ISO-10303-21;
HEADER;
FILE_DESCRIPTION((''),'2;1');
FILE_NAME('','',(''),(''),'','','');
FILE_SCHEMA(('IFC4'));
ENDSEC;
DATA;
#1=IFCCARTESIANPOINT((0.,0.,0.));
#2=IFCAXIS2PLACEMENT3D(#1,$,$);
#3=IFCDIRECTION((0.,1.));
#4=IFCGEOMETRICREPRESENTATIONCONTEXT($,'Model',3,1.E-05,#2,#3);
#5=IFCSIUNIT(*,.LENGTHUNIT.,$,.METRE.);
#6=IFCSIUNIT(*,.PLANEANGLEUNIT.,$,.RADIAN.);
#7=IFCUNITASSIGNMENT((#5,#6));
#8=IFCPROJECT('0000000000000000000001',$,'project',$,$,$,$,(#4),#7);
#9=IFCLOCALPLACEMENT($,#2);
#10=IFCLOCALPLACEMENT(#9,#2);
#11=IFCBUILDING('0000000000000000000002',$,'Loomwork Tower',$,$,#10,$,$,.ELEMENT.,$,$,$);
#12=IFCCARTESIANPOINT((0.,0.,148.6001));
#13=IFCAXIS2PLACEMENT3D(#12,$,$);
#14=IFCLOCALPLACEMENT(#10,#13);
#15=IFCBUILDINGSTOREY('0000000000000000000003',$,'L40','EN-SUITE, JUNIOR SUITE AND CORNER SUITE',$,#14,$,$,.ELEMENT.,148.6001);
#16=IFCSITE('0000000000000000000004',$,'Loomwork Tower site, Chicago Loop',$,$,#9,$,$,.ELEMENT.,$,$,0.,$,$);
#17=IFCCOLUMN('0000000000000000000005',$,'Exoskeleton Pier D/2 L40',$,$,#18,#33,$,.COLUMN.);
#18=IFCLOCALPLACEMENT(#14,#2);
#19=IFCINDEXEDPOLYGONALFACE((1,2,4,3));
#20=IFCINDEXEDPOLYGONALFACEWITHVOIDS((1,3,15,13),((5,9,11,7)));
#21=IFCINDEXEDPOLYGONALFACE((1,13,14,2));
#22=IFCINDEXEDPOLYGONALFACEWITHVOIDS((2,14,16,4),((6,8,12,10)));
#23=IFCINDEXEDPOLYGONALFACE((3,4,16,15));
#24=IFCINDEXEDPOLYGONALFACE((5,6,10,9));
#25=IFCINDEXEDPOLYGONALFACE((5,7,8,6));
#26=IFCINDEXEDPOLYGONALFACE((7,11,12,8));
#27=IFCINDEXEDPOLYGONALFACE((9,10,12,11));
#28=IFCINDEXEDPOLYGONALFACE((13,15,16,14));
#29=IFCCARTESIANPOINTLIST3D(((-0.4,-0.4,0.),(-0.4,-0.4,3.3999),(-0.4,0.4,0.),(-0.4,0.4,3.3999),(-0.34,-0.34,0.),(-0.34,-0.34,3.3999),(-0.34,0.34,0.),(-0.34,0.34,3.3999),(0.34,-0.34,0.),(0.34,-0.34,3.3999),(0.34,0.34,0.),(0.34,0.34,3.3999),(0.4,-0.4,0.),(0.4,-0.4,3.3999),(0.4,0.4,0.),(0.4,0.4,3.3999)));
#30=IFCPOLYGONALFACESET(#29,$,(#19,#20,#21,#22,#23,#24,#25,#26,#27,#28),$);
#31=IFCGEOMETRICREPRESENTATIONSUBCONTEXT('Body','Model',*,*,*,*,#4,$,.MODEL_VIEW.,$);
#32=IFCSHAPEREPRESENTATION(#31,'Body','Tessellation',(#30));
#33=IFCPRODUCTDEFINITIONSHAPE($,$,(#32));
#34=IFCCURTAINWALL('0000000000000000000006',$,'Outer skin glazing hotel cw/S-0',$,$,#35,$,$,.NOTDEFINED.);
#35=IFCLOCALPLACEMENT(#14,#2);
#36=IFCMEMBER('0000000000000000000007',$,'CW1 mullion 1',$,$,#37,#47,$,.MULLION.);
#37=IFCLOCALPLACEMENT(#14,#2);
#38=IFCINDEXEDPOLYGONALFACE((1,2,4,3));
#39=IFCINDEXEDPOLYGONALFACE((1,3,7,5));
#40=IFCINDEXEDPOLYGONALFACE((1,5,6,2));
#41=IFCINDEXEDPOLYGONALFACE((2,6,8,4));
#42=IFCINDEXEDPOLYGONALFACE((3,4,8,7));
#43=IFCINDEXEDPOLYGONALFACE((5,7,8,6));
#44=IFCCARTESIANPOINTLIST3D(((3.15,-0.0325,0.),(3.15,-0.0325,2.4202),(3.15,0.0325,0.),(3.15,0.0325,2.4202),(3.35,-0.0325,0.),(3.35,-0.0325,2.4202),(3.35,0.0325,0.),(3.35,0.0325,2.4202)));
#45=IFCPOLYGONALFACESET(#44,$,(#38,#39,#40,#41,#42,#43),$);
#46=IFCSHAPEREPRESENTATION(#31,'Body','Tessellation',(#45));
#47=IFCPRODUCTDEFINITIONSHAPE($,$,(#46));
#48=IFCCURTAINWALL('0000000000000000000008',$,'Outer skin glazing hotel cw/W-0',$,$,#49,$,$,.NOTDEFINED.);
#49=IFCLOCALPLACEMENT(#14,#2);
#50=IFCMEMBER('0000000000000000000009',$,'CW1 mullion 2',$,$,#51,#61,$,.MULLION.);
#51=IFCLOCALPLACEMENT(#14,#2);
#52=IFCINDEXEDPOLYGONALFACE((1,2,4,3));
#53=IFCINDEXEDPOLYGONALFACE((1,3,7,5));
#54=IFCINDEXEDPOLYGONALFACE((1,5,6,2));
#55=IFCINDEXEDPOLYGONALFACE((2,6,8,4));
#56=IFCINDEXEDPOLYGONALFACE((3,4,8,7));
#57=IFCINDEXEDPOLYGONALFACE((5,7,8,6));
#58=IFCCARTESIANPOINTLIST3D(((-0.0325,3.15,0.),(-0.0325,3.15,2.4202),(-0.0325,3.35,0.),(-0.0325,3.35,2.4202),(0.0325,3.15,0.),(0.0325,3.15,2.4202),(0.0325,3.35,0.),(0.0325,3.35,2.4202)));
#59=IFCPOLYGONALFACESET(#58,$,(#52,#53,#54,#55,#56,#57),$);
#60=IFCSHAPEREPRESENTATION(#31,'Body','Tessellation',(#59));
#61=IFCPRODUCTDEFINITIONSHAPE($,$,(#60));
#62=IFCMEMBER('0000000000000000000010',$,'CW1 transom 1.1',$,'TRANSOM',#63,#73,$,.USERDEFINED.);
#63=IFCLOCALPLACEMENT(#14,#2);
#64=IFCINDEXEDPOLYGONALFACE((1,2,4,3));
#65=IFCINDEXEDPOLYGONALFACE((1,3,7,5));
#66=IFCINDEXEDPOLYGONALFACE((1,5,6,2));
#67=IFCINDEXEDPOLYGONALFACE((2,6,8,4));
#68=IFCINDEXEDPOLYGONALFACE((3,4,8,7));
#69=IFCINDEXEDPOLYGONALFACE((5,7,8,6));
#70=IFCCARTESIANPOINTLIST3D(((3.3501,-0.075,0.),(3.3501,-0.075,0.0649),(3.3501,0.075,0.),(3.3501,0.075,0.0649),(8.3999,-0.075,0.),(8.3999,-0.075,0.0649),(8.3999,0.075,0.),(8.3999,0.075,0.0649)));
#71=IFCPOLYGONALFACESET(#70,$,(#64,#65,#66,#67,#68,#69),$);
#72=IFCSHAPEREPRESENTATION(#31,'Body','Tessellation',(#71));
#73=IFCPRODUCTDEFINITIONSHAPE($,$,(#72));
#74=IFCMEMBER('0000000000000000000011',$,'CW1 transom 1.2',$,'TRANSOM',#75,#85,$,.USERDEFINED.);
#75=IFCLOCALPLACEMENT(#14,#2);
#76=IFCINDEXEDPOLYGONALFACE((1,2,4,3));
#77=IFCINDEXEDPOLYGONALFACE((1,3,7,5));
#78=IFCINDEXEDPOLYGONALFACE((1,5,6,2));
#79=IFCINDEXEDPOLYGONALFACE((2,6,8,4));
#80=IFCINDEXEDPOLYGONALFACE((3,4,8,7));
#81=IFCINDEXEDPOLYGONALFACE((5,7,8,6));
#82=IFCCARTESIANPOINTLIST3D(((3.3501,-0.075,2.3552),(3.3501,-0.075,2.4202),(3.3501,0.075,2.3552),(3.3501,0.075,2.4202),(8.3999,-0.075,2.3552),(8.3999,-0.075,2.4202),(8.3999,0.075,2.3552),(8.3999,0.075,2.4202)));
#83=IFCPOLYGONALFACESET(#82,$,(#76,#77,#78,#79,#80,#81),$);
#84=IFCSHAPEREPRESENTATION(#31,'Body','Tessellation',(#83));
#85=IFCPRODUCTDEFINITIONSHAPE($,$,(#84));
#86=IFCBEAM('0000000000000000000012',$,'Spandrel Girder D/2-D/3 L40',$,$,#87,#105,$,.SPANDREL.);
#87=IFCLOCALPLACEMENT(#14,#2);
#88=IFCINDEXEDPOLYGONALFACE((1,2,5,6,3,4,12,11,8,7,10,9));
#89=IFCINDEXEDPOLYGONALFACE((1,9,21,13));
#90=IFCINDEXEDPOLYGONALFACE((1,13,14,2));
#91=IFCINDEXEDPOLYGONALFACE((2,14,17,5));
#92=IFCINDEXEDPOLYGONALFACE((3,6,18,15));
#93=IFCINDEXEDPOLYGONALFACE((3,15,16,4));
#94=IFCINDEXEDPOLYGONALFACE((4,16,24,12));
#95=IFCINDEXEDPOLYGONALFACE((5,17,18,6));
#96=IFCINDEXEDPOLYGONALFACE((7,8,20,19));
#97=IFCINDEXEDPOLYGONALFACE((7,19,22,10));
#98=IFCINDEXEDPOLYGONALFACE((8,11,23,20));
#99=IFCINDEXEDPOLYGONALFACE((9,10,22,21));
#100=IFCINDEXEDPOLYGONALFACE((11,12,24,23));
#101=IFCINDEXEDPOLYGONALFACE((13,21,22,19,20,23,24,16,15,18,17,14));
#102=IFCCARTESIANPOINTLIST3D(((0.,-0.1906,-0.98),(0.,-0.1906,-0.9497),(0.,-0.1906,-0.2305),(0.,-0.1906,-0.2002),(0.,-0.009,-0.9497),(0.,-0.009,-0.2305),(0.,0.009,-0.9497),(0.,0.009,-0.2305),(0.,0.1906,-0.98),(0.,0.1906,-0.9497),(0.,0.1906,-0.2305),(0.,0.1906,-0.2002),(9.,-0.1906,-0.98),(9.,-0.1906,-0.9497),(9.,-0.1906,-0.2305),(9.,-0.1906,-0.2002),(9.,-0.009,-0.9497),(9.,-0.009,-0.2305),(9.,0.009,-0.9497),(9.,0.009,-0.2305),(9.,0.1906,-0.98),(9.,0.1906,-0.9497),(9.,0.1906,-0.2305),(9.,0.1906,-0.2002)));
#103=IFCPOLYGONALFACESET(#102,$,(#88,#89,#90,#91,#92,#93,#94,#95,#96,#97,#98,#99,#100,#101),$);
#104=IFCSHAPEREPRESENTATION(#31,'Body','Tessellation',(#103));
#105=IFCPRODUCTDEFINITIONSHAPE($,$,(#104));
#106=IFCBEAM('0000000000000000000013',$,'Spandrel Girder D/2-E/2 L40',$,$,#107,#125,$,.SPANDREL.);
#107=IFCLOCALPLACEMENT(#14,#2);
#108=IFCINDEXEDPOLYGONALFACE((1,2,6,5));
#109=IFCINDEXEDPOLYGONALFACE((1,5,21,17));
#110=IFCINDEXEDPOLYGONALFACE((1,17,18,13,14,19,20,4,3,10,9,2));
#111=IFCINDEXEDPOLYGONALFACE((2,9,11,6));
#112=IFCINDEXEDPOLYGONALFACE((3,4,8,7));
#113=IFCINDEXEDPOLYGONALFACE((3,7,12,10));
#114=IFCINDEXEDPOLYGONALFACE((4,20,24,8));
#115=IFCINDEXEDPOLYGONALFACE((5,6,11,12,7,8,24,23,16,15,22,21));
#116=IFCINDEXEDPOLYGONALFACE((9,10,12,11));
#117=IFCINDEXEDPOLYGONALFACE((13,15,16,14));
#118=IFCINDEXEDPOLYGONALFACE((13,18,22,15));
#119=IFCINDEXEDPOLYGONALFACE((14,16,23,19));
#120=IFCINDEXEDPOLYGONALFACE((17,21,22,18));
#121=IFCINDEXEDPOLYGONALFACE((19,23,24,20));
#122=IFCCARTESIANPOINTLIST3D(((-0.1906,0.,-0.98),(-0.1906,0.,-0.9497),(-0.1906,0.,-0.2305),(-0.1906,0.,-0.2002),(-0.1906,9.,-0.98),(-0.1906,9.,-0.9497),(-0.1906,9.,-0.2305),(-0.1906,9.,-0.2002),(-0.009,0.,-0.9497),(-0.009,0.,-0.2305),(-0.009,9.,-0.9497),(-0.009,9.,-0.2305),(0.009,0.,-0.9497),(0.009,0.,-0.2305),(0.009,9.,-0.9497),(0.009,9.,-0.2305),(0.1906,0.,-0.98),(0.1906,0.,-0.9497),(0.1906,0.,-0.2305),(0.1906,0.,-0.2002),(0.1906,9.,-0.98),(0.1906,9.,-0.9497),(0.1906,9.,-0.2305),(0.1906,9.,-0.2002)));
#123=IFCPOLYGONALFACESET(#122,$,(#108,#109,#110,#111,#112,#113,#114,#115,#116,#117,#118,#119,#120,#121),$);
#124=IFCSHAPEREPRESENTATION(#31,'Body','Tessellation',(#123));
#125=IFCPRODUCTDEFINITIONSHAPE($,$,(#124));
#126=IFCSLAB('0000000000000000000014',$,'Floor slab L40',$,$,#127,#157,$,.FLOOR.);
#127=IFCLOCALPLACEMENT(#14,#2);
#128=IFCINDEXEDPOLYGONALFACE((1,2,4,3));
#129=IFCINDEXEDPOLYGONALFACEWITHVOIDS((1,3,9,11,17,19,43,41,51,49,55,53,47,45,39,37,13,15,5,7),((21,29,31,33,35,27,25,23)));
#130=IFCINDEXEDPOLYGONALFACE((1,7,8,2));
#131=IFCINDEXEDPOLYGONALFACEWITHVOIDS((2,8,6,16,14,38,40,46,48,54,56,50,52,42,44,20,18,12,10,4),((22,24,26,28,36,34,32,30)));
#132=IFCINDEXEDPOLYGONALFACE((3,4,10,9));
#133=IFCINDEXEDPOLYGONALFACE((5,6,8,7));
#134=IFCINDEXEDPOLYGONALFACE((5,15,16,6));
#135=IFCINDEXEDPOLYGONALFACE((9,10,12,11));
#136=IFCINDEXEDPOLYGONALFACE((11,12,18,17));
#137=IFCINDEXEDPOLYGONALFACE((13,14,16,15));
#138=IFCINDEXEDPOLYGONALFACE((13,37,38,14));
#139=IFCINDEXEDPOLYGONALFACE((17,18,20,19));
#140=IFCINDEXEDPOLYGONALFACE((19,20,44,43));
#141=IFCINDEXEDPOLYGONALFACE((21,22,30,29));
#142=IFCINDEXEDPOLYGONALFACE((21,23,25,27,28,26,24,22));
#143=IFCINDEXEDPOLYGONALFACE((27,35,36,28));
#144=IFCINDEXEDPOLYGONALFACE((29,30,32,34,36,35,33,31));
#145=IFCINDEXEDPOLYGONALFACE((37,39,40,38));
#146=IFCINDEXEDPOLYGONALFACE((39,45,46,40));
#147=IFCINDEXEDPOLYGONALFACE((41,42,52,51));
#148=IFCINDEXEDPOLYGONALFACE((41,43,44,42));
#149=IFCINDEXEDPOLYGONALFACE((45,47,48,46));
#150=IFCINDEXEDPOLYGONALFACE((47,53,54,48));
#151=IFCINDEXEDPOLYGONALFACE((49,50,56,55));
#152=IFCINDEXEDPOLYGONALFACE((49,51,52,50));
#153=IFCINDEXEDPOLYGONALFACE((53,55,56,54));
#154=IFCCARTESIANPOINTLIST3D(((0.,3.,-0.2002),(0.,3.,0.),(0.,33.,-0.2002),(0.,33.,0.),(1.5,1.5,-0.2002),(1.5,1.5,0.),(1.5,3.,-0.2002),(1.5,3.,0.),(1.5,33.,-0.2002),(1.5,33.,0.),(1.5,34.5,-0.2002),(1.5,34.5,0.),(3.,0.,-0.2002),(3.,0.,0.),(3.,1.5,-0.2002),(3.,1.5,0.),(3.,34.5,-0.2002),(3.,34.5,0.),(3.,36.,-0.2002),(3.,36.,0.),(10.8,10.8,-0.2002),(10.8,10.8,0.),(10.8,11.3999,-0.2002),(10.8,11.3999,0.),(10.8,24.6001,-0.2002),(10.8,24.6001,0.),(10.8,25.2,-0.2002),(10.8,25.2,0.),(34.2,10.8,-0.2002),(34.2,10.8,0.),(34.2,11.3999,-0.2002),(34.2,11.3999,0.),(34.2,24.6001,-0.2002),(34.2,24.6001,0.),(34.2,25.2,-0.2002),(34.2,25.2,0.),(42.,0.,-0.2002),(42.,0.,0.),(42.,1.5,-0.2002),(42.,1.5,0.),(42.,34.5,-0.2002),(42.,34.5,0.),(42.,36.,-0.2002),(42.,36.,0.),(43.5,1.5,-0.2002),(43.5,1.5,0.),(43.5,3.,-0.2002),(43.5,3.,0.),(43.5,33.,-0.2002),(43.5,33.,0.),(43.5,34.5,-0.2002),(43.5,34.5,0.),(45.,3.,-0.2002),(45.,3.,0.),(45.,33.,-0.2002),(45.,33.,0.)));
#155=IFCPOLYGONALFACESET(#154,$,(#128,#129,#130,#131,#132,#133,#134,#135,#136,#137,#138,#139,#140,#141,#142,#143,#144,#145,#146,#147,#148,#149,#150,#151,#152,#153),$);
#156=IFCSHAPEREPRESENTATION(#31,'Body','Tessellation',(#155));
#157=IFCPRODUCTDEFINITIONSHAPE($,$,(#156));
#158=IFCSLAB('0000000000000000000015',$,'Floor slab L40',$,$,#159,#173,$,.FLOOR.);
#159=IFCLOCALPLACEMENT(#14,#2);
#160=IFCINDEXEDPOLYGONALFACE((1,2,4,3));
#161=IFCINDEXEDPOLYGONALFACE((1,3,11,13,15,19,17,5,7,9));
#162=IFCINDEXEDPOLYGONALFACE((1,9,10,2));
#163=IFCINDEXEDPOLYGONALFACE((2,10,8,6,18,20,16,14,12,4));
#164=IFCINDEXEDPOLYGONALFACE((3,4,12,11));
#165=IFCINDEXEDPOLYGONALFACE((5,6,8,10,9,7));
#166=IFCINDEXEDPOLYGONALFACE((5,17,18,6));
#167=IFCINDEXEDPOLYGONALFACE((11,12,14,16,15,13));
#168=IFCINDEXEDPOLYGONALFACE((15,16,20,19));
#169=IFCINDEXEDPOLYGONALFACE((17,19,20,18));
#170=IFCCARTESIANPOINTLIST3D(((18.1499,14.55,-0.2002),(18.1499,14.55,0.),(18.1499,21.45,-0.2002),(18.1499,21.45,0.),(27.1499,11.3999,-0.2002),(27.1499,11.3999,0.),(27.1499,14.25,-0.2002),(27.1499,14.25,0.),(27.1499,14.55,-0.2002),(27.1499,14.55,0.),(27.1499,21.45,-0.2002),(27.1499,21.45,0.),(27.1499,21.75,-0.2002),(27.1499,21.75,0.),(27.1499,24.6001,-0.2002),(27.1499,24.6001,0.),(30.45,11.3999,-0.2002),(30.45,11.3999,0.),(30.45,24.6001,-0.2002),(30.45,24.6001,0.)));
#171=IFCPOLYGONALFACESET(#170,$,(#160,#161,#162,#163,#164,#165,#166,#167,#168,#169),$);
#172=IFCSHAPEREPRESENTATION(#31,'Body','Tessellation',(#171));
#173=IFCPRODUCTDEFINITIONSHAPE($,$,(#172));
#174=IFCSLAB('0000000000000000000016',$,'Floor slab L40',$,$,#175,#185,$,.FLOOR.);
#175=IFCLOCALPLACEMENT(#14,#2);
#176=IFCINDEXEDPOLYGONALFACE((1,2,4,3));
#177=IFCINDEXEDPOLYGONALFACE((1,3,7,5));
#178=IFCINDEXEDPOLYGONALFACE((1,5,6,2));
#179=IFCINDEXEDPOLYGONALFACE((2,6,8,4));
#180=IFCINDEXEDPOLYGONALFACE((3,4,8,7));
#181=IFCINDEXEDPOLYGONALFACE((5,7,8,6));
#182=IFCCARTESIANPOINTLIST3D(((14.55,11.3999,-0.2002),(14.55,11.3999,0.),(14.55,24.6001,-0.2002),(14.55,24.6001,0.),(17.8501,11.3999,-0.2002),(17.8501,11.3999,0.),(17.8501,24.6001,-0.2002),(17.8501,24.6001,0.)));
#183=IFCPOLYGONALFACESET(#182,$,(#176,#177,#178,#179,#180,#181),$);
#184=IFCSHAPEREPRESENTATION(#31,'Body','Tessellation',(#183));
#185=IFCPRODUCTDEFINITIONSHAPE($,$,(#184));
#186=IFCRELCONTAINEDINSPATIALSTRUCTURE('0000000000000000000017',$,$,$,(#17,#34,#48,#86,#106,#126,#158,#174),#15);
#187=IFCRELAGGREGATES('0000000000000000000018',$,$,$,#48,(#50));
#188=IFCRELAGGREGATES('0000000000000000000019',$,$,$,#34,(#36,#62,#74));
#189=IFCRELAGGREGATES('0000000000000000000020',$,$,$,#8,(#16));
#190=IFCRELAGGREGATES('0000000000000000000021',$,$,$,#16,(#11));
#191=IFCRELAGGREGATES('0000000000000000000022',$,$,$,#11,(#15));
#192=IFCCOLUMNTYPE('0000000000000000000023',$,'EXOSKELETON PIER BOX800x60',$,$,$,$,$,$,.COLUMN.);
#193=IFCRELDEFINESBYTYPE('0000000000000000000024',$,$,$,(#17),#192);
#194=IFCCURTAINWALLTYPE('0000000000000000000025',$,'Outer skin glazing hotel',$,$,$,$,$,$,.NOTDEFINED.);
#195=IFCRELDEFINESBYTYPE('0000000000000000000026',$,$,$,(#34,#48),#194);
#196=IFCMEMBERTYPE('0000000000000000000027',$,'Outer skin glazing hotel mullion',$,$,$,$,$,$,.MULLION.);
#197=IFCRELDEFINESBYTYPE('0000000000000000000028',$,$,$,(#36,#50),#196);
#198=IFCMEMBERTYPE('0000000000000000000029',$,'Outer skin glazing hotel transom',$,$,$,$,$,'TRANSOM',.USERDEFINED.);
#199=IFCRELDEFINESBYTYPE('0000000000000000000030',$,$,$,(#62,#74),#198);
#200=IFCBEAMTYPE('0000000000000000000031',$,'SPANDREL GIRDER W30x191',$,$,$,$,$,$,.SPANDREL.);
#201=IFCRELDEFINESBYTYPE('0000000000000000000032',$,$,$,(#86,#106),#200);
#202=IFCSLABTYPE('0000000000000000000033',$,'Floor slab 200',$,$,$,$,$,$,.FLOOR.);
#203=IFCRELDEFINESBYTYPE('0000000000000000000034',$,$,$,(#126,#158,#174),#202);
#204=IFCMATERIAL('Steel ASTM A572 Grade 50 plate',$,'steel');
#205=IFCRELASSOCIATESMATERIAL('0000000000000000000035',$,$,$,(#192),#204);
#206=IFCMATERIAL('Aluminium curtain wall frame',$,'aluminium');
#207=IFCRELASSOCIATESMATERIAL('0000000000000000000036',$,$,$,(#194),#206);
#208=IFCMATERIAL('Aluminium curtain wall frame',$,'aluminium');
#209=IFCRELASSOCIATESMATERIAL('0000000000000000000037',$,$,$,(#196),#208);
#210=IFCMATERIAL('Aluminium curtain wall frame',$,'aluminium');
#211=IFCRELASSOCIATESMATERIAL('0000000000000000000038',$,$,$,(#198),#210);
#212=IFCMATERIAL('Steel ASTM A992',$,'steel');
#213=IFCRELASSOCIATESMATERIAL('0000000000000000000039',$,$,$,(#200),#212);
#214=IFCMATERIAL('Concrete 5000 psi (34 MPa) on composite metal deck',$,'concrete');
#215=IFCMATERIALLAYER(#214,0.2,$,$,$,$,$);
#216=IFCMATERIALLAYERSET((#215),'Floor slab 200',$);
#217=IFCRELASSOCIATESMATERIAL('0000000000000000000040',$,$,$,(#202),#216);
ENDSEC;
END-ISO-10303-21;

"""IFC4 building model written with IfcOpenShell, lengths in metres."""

from ifc_helpers import new_model, si_unit, direction, frame, origin, origin_with_axes, origin_2d, place, context, subcontext, project, spatial, polyline, rectangle, hollow_rectangle, i_section, outline, extrude, material, layer, layer_set, material_profile, profile_set, type_object, element, aggregate, save


model = new_model("IFC4")

# Units and contexts
model_context = context("Model", 3, precision=1e-05, world=origin(), true_north=direction((0.0, 1.0)))
body_context = subcontext(model_context, "Body", "Model", "MODEL_VIEW")
ifc_project = project(units=[si_unit("LENGTHUNIT", "METRE"), si_unit("PLANEANGLEUNIT", "RADIAN")], contexts=[model_context])

# Site, building, storey
site_placement = place(None, origin())
site = spatial("IfcSite", under=ifc_project, at=site_placement, Name="Loomwork Tower site, Chicago Loop", CompositionType="ELEMENT", RefElevation=0.0)
building_placement = place(site_placement, origin())
building = spatial("IfcBuilding", under=site, at=building_placement, Name="Loomwork Tower", CompositionType="ELEMENT")
storey_placement = place(building_placement, frame((0.0, 0.0, 148.6001)))
storey = spatial("IfcBuildingStorey", under=building, at=storey_placement, Name="L40", Description="EN-SUITE, JUNIOR SUITE AND CORNER SUITE", CompositionType="ELEMENT", Elevation=148.6001)

# Column
ifc_material_1 = material(Name="Steel ASTM A572 Grade 50 plate", Category="steel")
ifc_material_profile_1 = material_profile(ifc_material_1, hollow_rectangle(XDim=0.8, YDim=0.8, WallThickness=0.0601, at=origin_2d()), Name="BOX800x60")
ifc_profile_set_1 = profile_set([ifc_material_profile_1], Name="Steel ASTM A572 Grade 50 plate")
column_type = type_object("IfcColumnType", Name="EXOSKELETON PIER BOX800x60", PredefinedType="COLUMN", material=ifc_profile_set_1)
column_placement = place(storey_placement, origin_with_axes())
element("IfcColumn", 1, at=column_placement, inside=storey, type_object=column_type, Name="Exoskeleton Pier D/2 L40", PredefinedType="COLUMN", context=body_context, shape_type="SweptSolid", body=[
    extrude(hollow_rectangle(XDim=0.8, YDim=0.8, WallThickness=0.0601, at=origin_2d()), origin(), (0.0, 0.0, 1.0), 3.3999),
])

# Curtain walls, members
ifc_material_2 = material(Name="Aluminium curtain wall frame", Category="aluminium")
curtain_wall_type = type_object("IfcCurtainWallType", Name="Outer skin glazing hotel", PredefinedType="NOTDEFINED", material=ifc_material_2)
curtain_wall_1_placement = place(storey_placement, origin())
curtain_wall_1 = element("IfcCurtainWall", 2, at=curtain_wall_1_placement, inside=storey, type_object=curtain_wall_type, Name="Outer skin glazing hotel cw/S-0", PredefinedType="NOTDEFINED")
ifc_material_3 = material(Name="Aluminium curtain wall frame", Category="aluminium")
ifc_material_profile_2 = material_profile(ifc_material_3, rectangle(XDim=0.0649, YDim=0.2, at=origin_2d()), Name="AL 65x200")
ifc_profile_set_2 = profile_set([ifc_material_profile_2], Name="Aluminium curtain wall frame")
member_type_1 = type_object("IfcMemberType", Name="Outer skin glazing hotel mullion", PredefinedType="MULLION", material=ifc_profile_set_2)
member_1_placement = place(storey_placement, frame((3.25, 0.0, 0.0), z_axis=(0.0, 0.0, 1.0), x_axis=(0.0, 1.0, 0.0)))
member_1 = element("IfcMember", 3, at=member_1_placement, type_object=member_type_1, Name="CW1 mullion 1", PredefinedType="MULLION", context=body_context, shape_type="SweptSolid", body=[
    extrude(rectangle(XDim=0.0649, YDim=0.2, at=origin_2d()), origin(), (0.0, 0.0, 1.0), 2.4202),
])
curtain_wall_2_placement = place(storey_placement, origin())
curtain_wall_2 = element("IfcCurtainWall", 4, at=curtain_wall_2_placement, inside=storey, type_object=curtain_wall_type, Name="Outer skin glazing hotel cw/W-0", PredefinedType="NOTDEFINED")
member_2_placement = place(storey_placement, frame((0.0, 3.25, 0.0), z_axis=(0.0, 0.0, 1.0), x_axis=(1.0, 0.0, 0.0)))
member_2 = element("IfcMember", 5, at=member_2_placement, type_object=member_type_1, Name="CW1 mullion 2", PredefinedType="MULLION", context=body_context, shape_type="SweptSolid", body=[
    extrude(rectangle(XDim=0.0649, YDim=0.2, at=origin_2d()), origin(), (0.0, 0.0, 1.0), 2.4202),
])
aggregate(curtain_wall_2, [member_2])

# Members
ifc_material_4 = material(Name="Aluminium curtain wall frame", Category="aluminium")
ifc_material_profile_3 = material_profile(ifc_material_4, rectangle(XDim=0.1499, YDim=0.0649, at=origin_2d()), Name="AL 65x150")
ifc_profile_set_3 = profile_set([ifc_material_profile_3], Name="Aluminium curtain wall frame")
member_type_2 = type_object("IfcMemberType", Name="Outer skin glazing hotel transom", ElementType="TRANSOM", PredefinedType="USERDEFINED", material=ifc_profile_set_3)
member_3_placement = place(storey_placement, frame((3.3501, 0.0, 0.0325), z_axis=(1.0, 0.0, 0.0), x_axis=(0.0, 1.0, 0.0)))
member_3 = element("IfcMember", 6, at=member_3_placement, type_object=member_type_2, Name="CW1 transom 1.1", ObjectType="TRANSOM", PredefinedType="USERDEFINED", context=body_context, shape_type="SweptSolid", body=[
    extrude(rectangle(XDim=0.1499, YDim=0.0649, at=origin_2d()), origin(), (0.0, 0.0, 1.0), 5.0498),
])
member_4_placement = place(storey_placement, frame((3.3501, 0.0, 2.3877), z_axis=(1.0, 0.0, 0.0), x_axis=(0.0, 1.0, 0.0)))
member_4 = element("IfcMember", 7, at=member_4_placement, type_object=member_type_2, Name="CW1 transom 1.2", ObjectType="TRANSOM", PredefinedType="USERDEFINED", context=body_context, shape_type="SweptSolid", body=[
    extrude(rectangle(XDim=0.1499, YDim=0.0649, at=origin_2d()), origin(), (0.0, 0.0, 1.0), 5.0498),
])

# Beams
ifc_material_5 = material(Name="Steel ASTM A992", Category="steel")
ifc_material_profile_4 = material_profile(ifc_material_5, i_section(OverallWidth=0.3811, OverallDepth=0.7798, WebThickness=0.0181, FlangeThickness=0.0303, at=origin_2d()), Name="W30x191")
ifc_profile_set_4 = profile_set([ifc_material_profile_4], Name="Steel ASTM A992")
beam_type = type_object("IfcBeamType", Name="SPANDREL GIRDER W30x191", PredefinedType="SPANDREL", material=ifc_profile_set_4)
for number, where, z_axis, x_axis, name in (
    (8, (0.0, 0.0, -0.5901), (1.0, 0.0, 0.0), (0.0, 1.0, 0.0), "Spandrel Girder D/2-D/3 L40"),
    (9, (0.0, 0.0, -0.5901), (0.0, 1.0, 0.0), (-1.0, 0.0, 0.0), "Spandrel Girder D/2-E/2 L40"),
):
    element("IfcBeam", number, at=place(storey_placement, frame(where, z_axis=z_axis, x_axis=x_axis)), inside=storey, type_object=beam_type, Name=name, PredefinedType="SPANDREL", context=body_context, shape_type="SweptSolid", body=[
        extrude(i_section(OverallWidth=0.3811, OverallDepth=0.7798, WebThickness=0.0181, FlangeThickness=0.0303, at=origin_2d()), origin(), (0.0, 0.0, 1.0), 9.0),
    ])

# Slabs
ifc_material_6 = material(Name="Concrete 5000 psi (34 MPa) on composite metal deck", Category="concrete")
ifc_layer_1 = layer(ifc_material_6, 0.2)
ifc_layer_set_1 = layer_set([ifc_layer_1], Name="Floor slab 200")
slab_type_1 = type_object("IfcSlabType", Name="Floor slab 200", PredefinedType="FLOOR", material=ifc_layer_set_1)
slab_1_placement = place(storey_placement, frame((0.0, 0.0, -0.2002)))
element("IfcSlab", 10, at=slab_1_placement, inside=storey, type_object=slab_type_1, Name="Floor slab L40", PredefinedType="FLOOR", context=body_context, shape_type="SweptSolid", body=[
    extrude(outline(polyline([(3.0, 1.5), (1.5, 1.5), (1.5, 3.0), (0.0, 3.0), (0.0, 33.0), (1.5, 33.0), (1.5, 34.5), (3.0, 34.5), (3.0, 36.0), (42.0, 36.0), (42.0, 34.5), (43.5, 34.5), (43.5, 33.0), (45.0, 33.0), (45.0, 3.0), (43.5, 3.0), (43.5, 1.5), (42.0, 1.5), (42.0, 0.0), (3.0, 0.0), (3.0, 1.5)]), holes=[polyline([(10.8, 11.3999), (10.8, 11.3999), (10.8, 10.8), (34.2, 10.8), (34.2, 11.3999), (34.2, 11.3999), (34.2, 24.6001), (34.2, 25.2), (10.8, 25.2), (10.8, 24.6001), (10.8, 11.3999)])]), origin(), (0.0, 0.0, 1.0), 0.2002),
])
slab_2_placement = place(storey_placement, frame((0.0, 0.0, -0.2002)))
element("IfcSlab", 11, at=slab_2_placement, inside=storey, type_object=slab_type_1, Name="Floor slab L40", PredefinedType="FLOOR", context=body_context, shape_type="SweptSolid", body=[
    extrude(outline(polyline([(30.45, 24.6001), (30.45, 11.3999), (27.1499, 11.3999), (27.1499, 14.25), (27.1499, 14.55), (18.1499, 14.55), (18.1499, 21.45), (27.1499, 21.45), (27.1499, 21.75), (27.1499, 24.6001), (30.45, 24.6001)])), origin(), (0.0, 0.0, 1.0), 0.2002),
])
slab_3_placement = place(storey_placement, frame((0.0, 0.0, -0.2002)))
element("IfcSlab", 12, at=slab_3_placement, inside=storey, type_object=slab_type_1, Name="Floor slab L40", PredefinedType="FLOOR", context=body_context, shape_type="SweptSolid", body=[
    extrude(outline(polyline([(14.55, 11.3999), (14.55, 24.6001), (17.8501, 24.6001), (17.8501, 11.3999), (14.55, 11.3999)])), origin(), (0.0, 0.0, 1.0), 0.2002),
])

aggregate(curtain_wall_1, [member_1, member_3, member_4])

save(model, "model.ifc")
